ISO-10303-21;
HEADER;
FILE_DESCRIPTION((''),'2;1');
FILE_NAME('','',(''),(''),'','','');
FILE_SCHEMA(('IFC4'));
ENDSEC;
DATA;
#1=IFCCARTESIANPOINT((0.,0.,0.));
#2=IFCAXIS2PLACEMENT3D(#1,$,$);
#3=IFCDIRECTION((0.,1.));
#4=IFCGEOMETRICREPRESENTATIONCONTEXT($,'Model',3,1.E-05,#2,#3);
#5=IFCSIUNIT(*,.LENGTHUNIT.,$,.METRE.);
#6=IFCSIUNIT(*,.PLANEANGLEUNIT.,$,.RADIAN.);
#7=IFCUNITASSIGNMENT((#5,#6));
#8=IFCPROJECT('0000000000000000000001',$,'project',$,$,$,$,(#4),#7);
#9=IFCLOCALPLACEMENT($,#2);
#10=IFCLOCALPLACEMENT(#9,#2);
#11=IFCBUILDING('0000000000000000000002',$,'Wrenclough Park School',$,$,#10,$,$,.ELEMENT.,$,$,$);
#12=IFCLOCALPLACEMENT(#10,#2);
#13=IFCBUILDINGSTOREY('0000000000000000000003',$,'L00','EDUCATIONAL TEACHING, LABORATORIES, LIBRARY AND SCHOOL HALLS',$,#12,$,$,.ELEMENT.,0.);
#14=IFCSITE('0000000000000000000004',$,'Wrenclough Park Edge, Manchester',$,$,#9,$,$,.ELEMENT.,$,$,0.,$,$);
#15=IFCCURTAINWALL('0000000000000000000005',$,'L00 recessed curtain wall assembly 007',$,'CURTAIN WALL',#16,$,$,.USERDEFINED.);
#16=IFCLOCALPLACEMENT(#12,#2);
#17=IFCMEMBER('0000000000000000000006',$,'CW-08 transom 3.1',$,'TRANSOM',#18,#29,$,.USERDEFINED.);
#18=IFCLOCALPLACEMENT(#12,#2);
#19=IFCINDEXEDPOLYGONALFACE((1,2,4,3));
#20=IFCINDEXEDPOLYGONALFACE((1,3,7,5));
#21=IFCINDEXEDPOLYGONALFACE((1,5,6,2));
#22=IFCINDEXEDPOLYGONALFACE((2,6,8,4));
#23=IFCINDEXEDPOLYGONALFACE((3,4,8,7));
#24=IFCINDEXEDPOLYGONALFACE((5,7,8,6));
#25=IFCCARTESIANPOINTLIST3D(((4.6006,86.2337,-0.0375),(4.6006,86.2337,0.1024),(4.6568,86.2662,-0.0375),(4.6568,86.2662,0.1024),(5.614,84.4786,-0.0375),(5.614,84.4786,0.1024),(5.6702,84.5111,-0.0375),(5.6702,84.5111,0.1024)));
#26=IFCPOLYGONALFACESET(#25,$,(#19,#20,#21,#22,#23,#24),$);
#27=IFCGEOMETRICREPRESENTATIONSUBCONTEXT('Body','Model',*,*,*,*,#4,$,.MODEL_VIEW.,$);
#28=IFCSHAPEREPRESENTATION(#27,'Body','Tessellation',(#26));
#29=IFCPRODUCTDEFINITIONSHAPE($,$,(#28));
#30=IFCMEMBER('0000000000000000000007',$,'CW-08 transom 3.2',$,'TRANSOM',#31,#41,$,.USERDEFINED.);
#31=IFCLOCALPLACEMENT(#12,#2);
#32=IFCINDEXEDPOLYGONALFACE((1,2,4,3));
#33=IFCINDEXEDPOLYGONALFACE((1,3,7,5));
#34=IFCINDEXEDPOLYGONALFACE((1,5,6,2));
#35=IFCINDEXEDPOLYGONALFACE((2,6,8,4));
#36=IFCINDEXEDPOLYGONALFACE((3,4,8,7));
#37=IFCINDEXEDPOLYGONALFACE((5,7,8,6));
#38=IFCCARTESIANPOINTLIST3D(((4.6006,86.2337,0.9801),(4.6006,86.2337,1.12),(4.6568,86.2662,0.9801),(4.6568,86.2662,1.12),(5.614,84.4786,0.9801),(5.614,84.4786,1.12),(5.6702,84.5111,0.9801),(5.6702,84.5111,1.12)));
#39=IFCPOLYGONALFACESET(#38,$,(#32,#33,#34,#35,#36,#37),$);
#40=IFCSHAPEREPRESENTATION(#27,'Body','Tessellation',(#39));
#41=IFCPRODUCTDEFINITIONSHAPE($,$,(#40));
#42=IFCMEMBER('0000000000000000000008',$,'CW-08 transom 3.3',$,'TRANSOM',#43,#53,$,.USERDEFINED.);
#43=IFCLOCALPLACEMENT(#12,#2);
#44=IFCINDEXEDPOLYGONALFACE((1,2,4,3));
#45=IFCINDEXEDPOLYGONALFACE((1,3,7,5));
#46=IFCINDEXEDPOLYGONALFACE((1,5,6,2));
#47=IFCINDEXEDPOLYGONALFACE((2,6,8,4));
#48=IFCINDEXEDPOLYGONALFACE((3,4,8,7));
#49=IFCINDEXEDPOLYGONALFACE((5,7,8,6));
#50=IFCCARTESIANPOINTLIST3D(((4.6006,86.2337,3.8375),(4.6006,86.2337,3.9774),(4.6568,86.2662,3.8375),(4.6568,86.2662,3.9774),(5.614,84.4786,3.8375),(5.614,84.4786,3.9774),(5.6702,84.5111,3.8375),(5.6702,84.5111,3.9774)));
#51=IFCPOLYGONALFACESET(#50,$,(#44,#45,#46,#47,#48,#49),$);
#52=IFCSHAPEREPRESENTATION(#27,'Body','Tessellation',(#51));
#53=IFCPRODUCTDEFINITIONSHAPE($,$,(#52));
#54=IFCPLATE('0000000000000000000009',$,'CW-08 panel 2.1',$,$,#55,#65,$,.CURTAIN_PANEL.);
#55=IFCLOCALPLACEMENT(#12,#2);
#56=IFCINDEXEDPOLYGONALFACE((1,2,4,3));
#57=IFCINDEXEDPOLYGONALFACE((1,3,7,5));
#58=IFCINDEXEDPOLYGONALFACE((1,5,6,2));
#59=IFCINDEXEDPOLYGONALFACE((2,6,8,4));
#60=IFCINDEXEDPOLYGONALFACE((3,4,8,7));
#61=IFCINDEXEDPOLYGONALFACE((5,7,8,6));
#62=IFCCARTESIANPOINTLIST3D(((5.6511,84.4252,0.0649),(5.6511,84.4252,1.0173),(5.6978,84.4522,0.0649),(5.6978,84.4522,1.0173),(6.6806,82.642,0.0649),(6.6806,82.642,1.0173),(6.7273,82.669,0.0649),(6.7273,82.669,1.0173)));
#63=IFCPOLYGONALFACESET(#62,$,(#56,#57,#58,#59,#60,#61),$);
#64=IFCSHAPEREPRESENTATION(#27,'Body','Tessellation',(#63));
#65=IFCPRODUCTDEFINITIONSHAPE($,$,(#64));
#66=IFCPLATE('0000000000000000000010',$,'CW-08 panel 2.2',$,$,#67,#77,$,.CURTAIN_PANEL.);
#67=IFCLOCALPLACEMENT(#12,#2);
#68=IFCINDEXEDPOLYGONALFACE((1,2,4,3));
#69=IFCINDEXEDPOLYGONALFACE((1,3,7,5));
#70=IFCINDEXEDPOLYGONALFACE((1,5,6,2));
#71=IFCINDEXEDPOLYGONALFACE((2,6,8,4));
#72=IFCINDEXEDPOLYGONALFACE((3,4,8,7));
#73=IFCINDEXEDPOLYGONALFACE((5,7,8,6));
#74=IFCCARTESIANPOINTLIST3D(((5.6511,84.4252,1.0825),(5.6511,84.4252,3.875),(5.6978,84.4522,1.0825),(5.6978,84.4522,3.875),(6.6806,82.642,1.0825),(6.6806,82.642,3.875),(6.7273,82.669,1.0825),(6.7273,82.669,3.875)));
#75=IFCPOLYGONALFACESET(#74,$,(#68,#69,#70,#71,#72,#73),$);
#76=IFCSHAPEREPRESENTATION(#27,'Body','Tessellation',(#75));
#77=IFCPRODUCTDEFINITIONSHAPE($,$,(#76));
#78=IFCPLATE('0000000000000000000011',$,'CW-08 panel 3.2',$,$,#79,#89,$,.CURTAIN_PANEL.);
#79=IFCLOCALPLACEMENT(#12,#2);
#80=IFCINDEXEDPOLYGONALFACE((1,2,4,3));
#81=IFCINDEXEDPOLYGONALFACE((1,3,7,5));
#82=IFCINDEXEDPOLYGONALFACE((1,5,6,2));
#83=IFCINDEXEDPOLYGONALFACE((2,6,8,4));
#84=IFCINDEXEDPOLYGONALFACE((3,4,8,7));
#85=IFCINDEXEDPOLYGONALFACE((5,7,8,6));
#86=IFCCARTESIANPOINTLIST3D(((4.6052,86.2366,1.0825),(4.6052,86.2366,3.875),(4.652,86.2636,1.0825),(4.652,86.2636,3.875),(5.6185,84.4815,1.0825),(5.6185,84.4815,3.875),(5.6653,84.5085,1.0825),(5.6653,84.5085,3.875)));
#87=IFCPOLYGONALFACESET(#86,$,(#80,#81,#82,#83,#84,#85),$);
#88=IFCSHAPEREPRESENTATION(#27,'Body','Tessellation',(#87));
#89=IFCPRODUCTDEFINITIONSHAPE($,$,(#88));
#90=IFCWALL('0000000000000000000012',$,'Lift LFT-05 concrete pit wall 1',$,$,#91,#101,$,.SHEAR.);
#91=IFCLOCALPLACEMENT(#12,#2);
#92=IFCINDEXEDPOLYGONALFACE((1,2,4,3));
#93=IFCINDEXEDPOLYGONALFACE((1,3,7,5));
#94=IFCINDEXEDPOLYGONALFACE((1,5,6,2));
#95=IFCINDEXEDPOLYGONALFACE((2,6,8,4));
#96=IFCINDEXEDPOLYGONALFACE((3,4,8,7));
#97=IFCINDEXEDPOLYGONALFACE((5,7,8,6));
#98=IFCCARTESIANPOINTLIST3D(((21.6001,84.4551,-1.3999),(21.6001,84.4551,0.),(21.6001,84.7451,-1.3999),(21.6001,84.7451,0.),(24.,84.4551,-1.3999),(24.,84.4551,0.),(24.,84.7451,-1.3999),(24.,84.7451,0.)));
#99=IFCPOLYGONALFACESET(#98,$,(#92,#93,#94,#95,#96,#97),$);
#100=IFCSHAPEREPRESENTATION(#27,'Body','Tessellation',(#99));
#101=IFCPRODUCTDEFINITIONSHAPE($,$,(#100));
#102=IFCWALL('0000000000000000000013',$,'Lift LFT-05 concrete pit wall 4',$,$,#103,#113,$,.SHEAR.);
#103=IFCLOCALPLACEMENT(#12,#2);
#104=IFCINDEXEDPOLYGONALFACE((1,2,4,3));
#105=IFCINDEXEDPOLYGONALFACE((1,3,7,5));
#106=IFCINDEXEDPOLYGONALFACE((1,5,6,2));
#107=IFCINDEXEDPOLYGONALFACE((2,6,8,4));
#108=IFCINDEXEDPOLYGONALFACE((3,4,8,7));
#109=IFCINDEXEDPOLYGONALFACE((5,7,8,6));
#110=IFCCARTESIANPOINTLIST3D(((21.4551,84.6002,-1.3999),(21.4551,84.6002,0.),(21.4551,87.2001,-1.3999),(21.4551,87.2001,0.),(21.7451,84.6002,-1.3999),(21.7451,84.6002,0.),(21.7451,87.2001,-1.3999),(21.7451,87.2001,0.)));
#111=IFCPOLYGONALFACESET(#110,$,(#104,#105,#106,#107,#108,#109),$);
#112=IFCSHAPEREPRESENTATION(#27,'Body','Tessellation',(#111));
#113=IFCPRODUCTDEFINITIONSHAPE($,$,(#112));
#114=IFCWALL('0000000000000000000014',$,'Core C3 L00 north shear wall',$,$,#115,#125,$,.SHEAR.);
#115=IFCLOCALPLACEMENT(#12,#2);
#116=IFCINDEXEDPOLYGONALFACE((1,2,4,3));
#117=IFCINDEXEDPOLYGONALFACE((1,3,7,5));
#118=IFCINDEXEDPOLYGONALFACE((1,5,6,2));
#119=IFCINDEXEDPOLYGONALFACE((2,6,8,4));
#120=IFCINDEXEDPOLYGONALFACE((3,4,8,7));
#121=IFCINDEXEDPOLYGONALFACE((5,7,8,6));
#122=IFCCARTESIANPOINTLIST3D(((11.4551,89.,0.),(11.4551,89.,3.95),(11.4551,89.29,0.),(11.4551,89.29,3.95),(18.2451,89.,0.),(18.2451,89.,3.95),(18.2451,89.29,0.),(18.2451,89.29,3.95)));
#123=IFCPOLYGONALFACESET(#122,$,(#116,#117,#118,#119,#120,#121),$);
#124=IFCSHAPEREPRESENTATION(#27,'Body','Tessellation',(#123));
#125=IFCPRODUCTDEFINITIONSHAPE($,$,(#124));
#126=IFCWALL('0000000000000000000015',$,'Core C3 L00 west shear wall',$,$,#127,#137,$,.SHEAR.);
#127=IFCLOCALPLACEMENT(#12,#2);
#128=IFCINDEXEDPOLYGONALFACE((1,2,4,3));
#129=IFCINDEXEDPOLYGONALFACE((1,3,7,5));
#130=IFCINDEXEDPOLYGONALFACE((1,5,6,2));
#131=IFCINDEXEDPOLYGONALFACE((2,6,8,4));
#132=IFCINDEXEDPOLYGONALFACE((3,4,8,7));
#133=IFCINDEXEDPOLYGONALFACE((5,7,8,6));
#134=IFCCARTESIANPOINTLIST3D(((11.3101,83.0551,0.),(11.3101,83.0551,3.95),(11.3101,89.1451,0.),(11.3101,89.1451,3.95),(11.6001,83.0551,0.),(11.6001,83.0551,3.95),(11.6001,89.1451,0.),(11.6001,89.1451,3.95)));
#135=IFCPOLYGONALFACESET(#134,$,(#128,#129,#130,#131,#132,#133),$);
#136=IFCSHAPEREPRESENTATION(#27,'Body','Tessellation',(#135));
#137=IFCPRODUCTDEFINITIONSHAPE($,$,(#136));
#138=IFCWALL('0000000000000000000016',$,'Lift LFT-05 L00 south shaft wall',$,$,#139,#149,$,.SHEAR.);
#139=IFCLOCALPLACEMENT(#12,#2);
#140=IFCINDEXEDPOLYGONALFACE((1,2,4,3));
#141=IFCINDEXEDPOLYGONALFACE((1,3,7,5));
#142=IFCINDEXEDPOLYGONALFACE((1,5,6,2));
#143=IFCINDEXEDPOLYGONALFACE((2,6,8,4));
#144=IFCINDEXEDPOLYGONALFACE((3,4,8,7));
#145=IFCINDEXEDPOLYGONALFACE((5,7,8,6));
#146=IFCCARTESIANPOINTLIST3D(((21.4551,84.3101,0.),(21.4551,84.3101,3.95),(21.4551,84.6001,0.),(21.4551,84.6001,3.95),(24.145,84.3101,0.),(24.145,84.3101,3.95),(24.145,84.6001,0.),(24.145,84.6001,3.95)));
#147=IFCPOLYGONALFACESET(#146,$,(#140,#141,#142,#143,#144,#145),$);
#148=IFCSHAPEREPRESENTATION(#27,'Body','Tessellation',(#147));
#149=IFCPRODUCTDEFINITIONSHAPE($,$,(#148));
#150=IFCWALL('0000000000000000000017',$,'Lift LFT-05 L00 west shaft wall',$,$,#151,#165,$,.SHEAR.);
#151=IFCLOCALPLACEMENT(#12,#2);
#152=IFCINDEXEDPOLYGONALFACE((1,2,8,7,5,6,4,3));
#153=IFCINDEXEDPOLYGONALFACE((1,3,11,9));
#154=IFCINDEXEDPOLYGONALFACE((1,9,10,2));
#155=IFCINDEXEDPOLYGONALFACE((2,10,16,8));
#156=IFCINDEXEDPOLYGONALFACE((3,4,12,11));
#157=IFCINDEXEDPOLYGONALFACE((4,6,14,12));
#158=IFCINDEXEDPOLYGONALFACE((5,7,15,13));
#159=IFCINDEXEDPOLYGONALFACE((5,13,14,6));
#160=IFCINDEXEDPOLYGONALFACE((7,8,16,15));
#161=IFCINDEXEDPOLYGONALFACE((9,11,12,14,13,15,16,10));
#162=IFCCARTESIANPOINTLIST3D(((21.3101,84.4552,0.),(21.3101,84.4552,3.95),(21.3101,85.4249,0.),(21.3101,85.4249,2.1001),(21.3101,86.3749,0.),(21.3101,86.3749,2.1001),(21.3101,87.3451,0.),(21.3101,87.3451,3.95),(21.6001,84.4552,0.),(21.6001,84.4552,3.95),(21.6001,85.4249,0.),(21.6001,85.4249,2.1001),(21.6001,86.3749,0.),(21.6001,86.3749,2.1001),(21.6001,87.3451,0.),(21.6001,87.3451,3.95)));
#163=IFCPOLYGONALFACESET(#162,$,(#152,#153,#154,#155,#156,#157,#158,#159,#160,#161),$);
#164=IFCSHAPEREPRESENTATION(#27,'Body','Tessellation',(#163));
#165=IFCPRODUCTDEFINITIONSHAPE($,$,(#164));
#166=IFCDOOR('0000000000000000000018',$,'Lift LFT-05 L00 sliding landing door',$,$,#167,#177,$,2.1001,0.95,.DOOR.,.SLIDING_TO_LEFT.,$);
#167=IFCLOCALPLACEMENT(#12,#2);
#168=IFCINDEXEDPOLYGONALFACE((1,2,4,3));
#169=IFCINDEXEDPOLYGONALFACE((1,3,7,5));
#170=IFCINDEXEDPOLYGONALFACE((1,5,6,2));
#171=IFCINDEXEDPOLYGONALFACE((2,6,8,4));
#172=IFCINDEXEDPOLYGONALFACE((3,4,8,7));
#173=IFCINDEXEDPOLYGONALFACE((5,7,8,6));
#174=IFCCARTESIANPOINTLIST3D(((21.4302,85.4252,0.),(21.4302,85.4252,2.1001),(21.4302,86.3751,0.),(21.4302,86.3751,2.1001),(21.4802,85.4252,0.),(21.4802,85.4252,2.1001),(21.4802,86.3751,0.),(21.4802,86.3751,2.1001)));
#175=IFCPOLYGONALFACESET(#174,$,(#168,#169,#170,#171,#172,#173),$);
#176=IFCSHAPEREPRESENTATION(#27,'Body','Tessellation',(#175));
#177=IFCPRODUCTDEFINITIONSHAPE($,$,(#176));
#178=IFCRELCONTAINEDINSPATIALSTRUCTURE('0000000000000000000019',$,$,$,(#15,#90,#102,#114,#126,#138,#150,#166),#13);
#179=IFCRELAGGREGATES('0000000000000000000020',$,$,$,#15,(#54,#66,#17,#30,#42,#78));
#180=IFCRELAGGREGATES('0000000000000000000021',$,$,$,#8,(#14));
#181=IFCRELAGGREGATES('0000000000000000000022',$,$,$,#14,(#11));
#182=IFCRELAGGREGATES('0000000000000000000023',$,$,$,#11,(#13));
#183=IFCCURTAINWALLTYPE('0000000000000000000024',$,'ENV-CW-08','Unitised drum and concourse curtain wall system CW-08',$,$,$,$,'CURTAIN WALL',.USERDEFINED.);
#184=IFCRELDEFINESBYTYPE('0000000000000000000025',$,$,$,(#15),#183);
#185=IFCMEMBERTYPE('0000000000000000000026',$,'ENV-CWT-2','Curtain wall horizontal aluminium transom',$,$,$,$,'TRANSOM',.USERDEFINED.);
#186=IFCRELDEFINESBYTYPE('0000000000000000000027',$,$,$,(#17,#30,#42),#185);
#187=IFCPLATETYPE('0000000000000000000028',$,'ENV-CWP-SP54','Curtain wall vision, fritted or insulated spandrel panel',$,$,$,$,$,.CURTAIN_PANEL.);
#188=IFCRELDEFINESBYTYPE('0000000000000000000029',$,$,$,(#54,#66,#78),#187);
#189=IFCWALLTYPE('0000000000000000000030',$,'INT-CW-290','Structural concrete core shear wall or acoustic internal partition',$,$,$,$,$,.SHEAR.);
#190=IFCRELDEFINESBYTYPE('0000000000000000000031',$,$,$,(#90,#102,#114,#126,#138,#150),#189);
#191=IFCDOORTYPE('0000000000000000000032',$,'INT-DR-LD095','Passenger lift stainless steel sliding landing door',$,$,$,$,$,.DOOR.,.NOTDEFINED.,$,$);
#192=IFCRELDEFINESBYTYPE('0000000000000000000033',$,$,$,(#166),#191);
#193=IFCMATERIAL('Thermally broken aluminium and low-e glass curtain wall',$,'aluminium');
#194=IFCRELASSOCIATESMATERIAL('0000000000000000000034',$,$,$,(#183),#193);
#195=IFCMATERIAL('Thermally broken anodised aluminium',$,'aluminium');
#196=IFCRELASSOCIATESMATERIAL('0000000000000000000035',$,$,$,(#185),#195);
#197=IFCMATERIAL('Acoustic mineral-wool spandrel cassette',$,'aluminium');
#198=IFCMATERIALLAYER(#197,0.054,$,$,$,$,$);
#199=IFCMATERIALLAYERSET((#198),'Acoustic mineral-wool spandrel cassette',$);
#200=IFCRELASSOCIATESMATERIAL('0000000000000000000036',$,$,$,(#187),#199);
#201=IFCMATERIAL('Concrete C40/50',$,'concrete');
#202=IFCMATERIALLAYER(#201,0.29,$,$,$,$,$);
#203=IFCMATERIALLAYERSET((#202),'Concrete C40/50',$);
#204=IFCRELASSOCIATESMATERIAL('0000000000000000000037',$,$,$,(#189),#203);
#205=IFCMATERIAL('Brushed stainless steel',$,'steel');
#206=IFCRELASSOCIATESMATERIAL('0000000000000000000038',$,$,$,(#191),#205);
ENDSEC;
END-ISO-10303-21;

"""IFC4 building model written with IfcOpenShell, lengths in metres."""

from ifc_helpers import new_model, si_unit, direction, frame, frame_2d, origin, origin_2d, place, context, subcontext, project, spatial, rectangle, extrude, material, layer, layer_set, material_profile, profile_set, type_object, element, fill, aggregate, save


model = new_model("IFC4")

# Units and contexts
model_context = context("Model", 3, precision=1e-05, world=origin(), true_north=direction((0.0, 1.0)))
body_context = subcontext(model_context, "Body", "Model", "MODEL_VIEW")
ifc_project = project(units=[si_unit("LENGTHUNIT", "METRE"), si_unit("PLANEANGLEUNIT", "RADIAN")], contexts=[model_context])

# Site, building, storey
site_placement = place(None, origin())
site = spatial("IfcSite", under=ifc_project, at=site_placement, Name="Wrenclough Park Edge, Manchester", CompositionType="ELEMENT", RefElevation=0.0)
building_placement = place(site_placement, origin())
building = spatial("IfcBuilding", under=site, at=building_placement, Name="Wrenclough Park School", CompositionType="ELEMENT")
storey_placement = place(building_placement, origin())
storey = spatial("IfcBuildingStorey", under=building, at=storey_placement, Name="L00", Description="EDUCATIONAL TEACHING, LABORATORIES, LIBRARY AND SCHOOL HALLS", CompositionType="ELEMENT", Elevation=0.0)

# Shared definitions
ifc_material_1 = material(Name="Concrete C40/50", Category="concrete")

# Curtain wall, members, plates
ifc_material_2 = material(Name="Thermally broken aluminium and low-e glass curtain wall", Category="aluminium")
curtain_wall_type = type_object("IfcCurtainWallType", Name="ENV-CW-08", Description="Unitised drum and concourse curtain wall system CW-08", ElementType="CURTAIN WALL", PredefinedType="USERDEFINED", material=ifc_material_2)
curtain_wall_placement = place(storey_placement, origin())
curtain_wall = element("IfcCurtainWall", 1, at=curtain_wall_placement, inside=storey, type_object=curtain_wall_type, Name="L00 recessed curtain wall assembly 007", ObjectType="CURTAIN WALL", PredefinedType="USERDEFINED")
ifc_material_3 = material(Name="Thermally broken anodised aluminium", Category="aluminium")
ifc_material_profile_1 = material_profile(ifc_material_3, rectangle(XDim=0.0649, YDim=0.1399, at=origin_2d()), Name="AL TRANSOM 65x140")
ifc_profile_set_1 = profile_set([ifc_material_profile_1], Name="Thermally broken anodised aluminium")
member_type_1 = type_object("IfcMemberType", Name="ENV-CWT-2", Description="Curtain wall horizontal aluminium transom", ElementType="TRANSOM", PredefinedType="USERDEFINED", material=ifc_profile_set_1)
member_1_placement = place(storey_placement, frame((5.6421, 84.4949, 0.0325), z_axis=(-0.500039, 0.866003, 0.0), x_axis=(-0.866003, -0.500039, 0.0)))
member_1 = element("IfcMember", 2, at=member_1_placement, type_object=member_type_1, Name="CW-08 transom 3.1", ObjectType="TRANSOM", PredefinedType="USERDEFINED", context=body_context, shape_type="SweptSolid", body=[
    extrude(rectangle(XDim=0.0649, YDim=0.1399, at=origin_2d()), origin(), (0.0, 0.0, 1.0), 2.0266),
])
member_2_placement = place(storey_placement, frame((5.6421, 84.4949, 1.05), z_axis=(-0.500039, 0.866003, 0.0), x_axis=(-0.866003, -0.500039, 0.0)))
member_2 = element("IfcMember", 3, at=member_2_placement, type_object=member_type_1, Name="CW-08 transom 3.2", ObjectType="TRANSOM", PredefinedType="USERDEFINED", context=body_context, shape_type="SweptSolid", body=[
    extrude(rectangle(XDim=0.0649, YDim=0.1399, at=origin_2d()), origin(), (0.0, 0.0, 1.0), 2.0266),
])
member_3_placement = place(storey_placement, frame((5.6421, 84.4949, 3.9075), z_axis=(-0.500039, 0.866003, 0.0), x_axis=(-0.866003, -0.500039, 0.0)))
member_3 = element("IfcMember", 4, at=member_3_placement, type_object=member_type_1, Name="CW-08 transom 3.3", ObjectType="TRANSOM", PredefinedType="USERDEFINED", context=body_context, shape_type="SweptSolid", body=[
    extrude(rectangle(XDim=0.0649, YDim=0.1399, at=origin_2d()), origin(), (0.0, 0.0, 1.0), 2.0266),
])
ifc_material_4 = material(Name="Acoustic mineral-wool spandrel cassette", Category="aluminium")
ifc_layer_1 = layer(ifc_material_4, 0.054)
ifc_layer_set_1 = layer_set([ifc_layer_1], Name="Acoustic mineral-wool spandrel cassette")
plate_type = type_object("IfcPlateType", Name="ENV-CWP-SP54", Description="Curtain wall vision, fritted or insulated spandrel panel", PredefinedType="CURTAIN_PANEL", material=ifc_layer_set_1)
plate_1_placement = place(storey_placement, frame((6.1892, 83.5471, 0.0649), z_axis=(0.0, 0.0, 1.0), x_axis=(-0.499999, 0.866026, 0.0)))
plate_1 = element("IfcPlate", 5, at=plate_1_placement, type_object=plate_type, Name="CW-08 panel 2.1", PredefinedType="CURTAIN_PANEL", context=body_context, shape_type="SweptSolid", body=[
    extrude(rectangle(XDim=2.0591, YDim=0.054, at=origin_2d()), origin(), (0.0, 0.0, 1.0), 0.9524),
])
plate_2_placement = place(storey_placement, frame((6.1892, 83.5471, 1.0825), z_axis=(0.0, 0.0, 1.0), x_axis=(-0.499999, 0.866026, 0.0)))
plate_2 = element("IfcPlate", 6, at=plate_2_placement, type_object=plate_type, Name="CW-08 panel 2.2", PredefinedType="CURTAIN_PANEL", context=body_context, shape_type="SweptSolid", body=[
    extrude(rectangle(XDim=2.0591, YDim=0.054, at=origin_2d()), origin(), (0.0, 0.0, 1.0), 2.7925),
])
plate_3_placement = place(storey_placement, frame((5.1353, 85.3726, 1.0825), z_axis=(0.0, 0.0, 1.0), x_axis=(-0.499999, 0.866026, 0.0)))
plate_3 = element("IfcPlate", 7, at=plate_3_placement, type_object=plate_type, Name="CW-08 panel 3.2", PredefinedType="CURTAIN_PANEL", context=body_context, shape_type="SweptSolid", body=[
    extrude(rectangle(XDim=2.0266, YDim=0.054, at=origin_2d()), origin(), (0.0, 0.0, 1.0), 2.7925),
])
aggregate(curtain_wall, [plate_1, plate_2, member_1, member_2, member_3, plate_3])

# Walls
ifc_layer_2 = layer(ifc_material_1, 0.29)
ifc_layer_set_2 = layer_set([ifc_layer_2], Name="Concrete C40/50")
wall_type_1 = type_object("IfcWallType", Name="INT-CW-290", Description="Structural concrete core shear wall or acoustic internal partition", PredefinedType="SHEAR", material=ifc_layer_set_2)
wall_1_placement = place(storey_placement, frame((21.6001, 84.6001, -1.3999), z_axis=(0.0, 0.0, 1.0), x_axis=(1.0, 0.0, 0.0)))
element("IfcWall", 8, at=wall_1_placement, inside=storey, type_object=wall_type_1, Name="Lift LFT-05 concrete pit wall 1", PredefinedType="SHEAR", context=body_context, shape_type="SweptSolid", body=[
    extrude(rectangle(XDim=2.3999, YDim=0.29, at=frame_2d((1.2, 0.0))), origin(), (0.0, 0.0, 1.0), 1.3999),
])
wall_2_placement = place(storey_placement, frame((21.6001, 87.2, -1.3999), z_axis=(0.0, 0.0, 1.0), x_axis=(0.0, -1.0, 0.0)))
element("IfcWall", 9, at=wall_2_placement, inside=storey, type_object=wall_type_1, Name="Lift LFT-05 concrete pit wall 4", PredefinedType="SHEAR", context=body_context, shape_type="SweptSolid", body=[
    extrude(rectangle(XDim=2.5999, YDim=0.29, at=frame_2d((1.2998, 0.0))), origin(), (0.0, 0.0, 1.0), 1.3999),
])
wall_3_placement = place(storey_placement, frame((18.2451, 89.145, 0.0), z_axis=(0.0, 0.0, 1.0), x_axis=(-1.0, 0.0, 0.0)))
element("IfcWall", 10, at=wall_3_placement, inside=storey, type_object=wall_type_1, Name="Core C3 L00 north shear wall", PredefinedType="SHEAR", context=body_context, shape_type="SweptSolid", body=[
    extrude(rectangle(XDim=6.79, YDim=0.29, at=frame_2d((3.395, 0.0))), origin(), (0.0, 0.0, 1.0), 3.95),
])
wall_4_placement = place(storey_placement, frame((11.4551, 89.145, 0.0), z_axis=(0.0, 0.0, 1.0), x_axis=(0.0, -1.0, 0.0)))
element("IfcWall", 11, at=wall_4_placement, inside=storey, type_object=wall_type_1, Name="Core C3 L00 west shear wall", PredefinedType="SHEAR", context=body_context, shape_type="SweptSolid", body=[
    extrude(rectangle(XDim=6.0901, YDim=0.29, at=frame_2d((3.0449, 0.0))), origin(), (0.0, 0.0, 1.0), 3.95),
])
wall_5_placement = place(storey_placement, frame((21.4551, 84.4551, 0.0), z_axis=(0.0, 0.0, 1.0), x_axis=(1.0, 0.0, 0.0)))
element("IfcWall", 12, at=wall_5_placement, inside=storey, type_object=wall_type_1, Name="Lift LFT-05 L00 south shaft wall", PredefinedType="SHEAR", context=body_context, shape_type="SweptSolid", body=[
    extrude(rectangle(XDim=2.6899, YDim=0.29, at=frame_2d((1.345, 0.0))), origin(), (0.0, 0.0, 1.0), 3.95),
])

# Wall, opening, door
wall_6_placement = place(storey_placement, frame((21.4551, 87.345, 0.0), z_axis=(0.0, 0.0, 1.0), x_axis=(0.0, -1.0, 0.0)))
wall_6 = element("IfcWall", 13, at=wall_6_placement, inside=storey, type_object=wall_type_1, Name="Lift LFT-05 L00 west shaft wall", PredefinedType="SHEAR", context=body_context, shape_type="SweptSolid", body=[
    extrude(rectangle(XDim=2.8899, YDim=0.29, at=frame_2d((1.4448, 0.0))), origin(), (0.0, 0.0, 1.0), 3.95),
])
opening_1_placement = place(wall_6_placement, frame((0.97, 0.0, 0.0)))
opening_1 = element("IfcOpeningElement", 14, at=opening_1_placement, cuts=wall_6, PredefinedType="OPENING", context=body_context, shape_type="SweptSolid", body=[
    extrude(rectangle(XDim=0.95, YDim=2.1001, at=frame_2d((0.4751, 1.05))), frame((0.0, 0.155, 0.0), z_axis=(0.0, -1.0, 0.0), x_axis=(1.0, 0.0, 0.0)), (0.0, 0.0, 1.0), 0.3101),
])
ifc_material_5 = material(Name="Brushed stainless steel", Category="steel")
door_type_1 = type_object("IfcDoorType", Name="INT-DR-LD095", Description="Passenger lift stainless steel sliding landing door", OperationType="NOTDEFINED", PredefinedType="DOOR", material=ifc_material_5)
door_1_placement = place(opening_1_placement, frame((0.95, 0.0, 0.0), z_axis=(0.0, 0.0, 1.0), x_axis=(-1.0, 0.0, 0.0)))
door_1 = element("IfcDoor", 15, at=door_1_placement, inside=storey, type_object=door_type_1, Name="Lift LFT-05 L00 sliding landing door", OperationType="SLIDING_TO_LEFT", OverallHeight=2.1001, OverallWidth=0.95, PredefinedType="DOOR", context=body_context, shape_type="SweptSolid", body=[
    extrude(rectangle(XDim=0.95, YDim=2.1001, at=frame_2d((0.4751, 1.05))), frame((0.0, 0.0249, 0.0), z_axis=(0.0, -1.0, 0.0), x_axis=(1.0, 0.0, 0.0)), (0.0, 0.0, 1.0), 0.05),
])
fill(opening_1, door_1)

save(model, "model.ifc")
